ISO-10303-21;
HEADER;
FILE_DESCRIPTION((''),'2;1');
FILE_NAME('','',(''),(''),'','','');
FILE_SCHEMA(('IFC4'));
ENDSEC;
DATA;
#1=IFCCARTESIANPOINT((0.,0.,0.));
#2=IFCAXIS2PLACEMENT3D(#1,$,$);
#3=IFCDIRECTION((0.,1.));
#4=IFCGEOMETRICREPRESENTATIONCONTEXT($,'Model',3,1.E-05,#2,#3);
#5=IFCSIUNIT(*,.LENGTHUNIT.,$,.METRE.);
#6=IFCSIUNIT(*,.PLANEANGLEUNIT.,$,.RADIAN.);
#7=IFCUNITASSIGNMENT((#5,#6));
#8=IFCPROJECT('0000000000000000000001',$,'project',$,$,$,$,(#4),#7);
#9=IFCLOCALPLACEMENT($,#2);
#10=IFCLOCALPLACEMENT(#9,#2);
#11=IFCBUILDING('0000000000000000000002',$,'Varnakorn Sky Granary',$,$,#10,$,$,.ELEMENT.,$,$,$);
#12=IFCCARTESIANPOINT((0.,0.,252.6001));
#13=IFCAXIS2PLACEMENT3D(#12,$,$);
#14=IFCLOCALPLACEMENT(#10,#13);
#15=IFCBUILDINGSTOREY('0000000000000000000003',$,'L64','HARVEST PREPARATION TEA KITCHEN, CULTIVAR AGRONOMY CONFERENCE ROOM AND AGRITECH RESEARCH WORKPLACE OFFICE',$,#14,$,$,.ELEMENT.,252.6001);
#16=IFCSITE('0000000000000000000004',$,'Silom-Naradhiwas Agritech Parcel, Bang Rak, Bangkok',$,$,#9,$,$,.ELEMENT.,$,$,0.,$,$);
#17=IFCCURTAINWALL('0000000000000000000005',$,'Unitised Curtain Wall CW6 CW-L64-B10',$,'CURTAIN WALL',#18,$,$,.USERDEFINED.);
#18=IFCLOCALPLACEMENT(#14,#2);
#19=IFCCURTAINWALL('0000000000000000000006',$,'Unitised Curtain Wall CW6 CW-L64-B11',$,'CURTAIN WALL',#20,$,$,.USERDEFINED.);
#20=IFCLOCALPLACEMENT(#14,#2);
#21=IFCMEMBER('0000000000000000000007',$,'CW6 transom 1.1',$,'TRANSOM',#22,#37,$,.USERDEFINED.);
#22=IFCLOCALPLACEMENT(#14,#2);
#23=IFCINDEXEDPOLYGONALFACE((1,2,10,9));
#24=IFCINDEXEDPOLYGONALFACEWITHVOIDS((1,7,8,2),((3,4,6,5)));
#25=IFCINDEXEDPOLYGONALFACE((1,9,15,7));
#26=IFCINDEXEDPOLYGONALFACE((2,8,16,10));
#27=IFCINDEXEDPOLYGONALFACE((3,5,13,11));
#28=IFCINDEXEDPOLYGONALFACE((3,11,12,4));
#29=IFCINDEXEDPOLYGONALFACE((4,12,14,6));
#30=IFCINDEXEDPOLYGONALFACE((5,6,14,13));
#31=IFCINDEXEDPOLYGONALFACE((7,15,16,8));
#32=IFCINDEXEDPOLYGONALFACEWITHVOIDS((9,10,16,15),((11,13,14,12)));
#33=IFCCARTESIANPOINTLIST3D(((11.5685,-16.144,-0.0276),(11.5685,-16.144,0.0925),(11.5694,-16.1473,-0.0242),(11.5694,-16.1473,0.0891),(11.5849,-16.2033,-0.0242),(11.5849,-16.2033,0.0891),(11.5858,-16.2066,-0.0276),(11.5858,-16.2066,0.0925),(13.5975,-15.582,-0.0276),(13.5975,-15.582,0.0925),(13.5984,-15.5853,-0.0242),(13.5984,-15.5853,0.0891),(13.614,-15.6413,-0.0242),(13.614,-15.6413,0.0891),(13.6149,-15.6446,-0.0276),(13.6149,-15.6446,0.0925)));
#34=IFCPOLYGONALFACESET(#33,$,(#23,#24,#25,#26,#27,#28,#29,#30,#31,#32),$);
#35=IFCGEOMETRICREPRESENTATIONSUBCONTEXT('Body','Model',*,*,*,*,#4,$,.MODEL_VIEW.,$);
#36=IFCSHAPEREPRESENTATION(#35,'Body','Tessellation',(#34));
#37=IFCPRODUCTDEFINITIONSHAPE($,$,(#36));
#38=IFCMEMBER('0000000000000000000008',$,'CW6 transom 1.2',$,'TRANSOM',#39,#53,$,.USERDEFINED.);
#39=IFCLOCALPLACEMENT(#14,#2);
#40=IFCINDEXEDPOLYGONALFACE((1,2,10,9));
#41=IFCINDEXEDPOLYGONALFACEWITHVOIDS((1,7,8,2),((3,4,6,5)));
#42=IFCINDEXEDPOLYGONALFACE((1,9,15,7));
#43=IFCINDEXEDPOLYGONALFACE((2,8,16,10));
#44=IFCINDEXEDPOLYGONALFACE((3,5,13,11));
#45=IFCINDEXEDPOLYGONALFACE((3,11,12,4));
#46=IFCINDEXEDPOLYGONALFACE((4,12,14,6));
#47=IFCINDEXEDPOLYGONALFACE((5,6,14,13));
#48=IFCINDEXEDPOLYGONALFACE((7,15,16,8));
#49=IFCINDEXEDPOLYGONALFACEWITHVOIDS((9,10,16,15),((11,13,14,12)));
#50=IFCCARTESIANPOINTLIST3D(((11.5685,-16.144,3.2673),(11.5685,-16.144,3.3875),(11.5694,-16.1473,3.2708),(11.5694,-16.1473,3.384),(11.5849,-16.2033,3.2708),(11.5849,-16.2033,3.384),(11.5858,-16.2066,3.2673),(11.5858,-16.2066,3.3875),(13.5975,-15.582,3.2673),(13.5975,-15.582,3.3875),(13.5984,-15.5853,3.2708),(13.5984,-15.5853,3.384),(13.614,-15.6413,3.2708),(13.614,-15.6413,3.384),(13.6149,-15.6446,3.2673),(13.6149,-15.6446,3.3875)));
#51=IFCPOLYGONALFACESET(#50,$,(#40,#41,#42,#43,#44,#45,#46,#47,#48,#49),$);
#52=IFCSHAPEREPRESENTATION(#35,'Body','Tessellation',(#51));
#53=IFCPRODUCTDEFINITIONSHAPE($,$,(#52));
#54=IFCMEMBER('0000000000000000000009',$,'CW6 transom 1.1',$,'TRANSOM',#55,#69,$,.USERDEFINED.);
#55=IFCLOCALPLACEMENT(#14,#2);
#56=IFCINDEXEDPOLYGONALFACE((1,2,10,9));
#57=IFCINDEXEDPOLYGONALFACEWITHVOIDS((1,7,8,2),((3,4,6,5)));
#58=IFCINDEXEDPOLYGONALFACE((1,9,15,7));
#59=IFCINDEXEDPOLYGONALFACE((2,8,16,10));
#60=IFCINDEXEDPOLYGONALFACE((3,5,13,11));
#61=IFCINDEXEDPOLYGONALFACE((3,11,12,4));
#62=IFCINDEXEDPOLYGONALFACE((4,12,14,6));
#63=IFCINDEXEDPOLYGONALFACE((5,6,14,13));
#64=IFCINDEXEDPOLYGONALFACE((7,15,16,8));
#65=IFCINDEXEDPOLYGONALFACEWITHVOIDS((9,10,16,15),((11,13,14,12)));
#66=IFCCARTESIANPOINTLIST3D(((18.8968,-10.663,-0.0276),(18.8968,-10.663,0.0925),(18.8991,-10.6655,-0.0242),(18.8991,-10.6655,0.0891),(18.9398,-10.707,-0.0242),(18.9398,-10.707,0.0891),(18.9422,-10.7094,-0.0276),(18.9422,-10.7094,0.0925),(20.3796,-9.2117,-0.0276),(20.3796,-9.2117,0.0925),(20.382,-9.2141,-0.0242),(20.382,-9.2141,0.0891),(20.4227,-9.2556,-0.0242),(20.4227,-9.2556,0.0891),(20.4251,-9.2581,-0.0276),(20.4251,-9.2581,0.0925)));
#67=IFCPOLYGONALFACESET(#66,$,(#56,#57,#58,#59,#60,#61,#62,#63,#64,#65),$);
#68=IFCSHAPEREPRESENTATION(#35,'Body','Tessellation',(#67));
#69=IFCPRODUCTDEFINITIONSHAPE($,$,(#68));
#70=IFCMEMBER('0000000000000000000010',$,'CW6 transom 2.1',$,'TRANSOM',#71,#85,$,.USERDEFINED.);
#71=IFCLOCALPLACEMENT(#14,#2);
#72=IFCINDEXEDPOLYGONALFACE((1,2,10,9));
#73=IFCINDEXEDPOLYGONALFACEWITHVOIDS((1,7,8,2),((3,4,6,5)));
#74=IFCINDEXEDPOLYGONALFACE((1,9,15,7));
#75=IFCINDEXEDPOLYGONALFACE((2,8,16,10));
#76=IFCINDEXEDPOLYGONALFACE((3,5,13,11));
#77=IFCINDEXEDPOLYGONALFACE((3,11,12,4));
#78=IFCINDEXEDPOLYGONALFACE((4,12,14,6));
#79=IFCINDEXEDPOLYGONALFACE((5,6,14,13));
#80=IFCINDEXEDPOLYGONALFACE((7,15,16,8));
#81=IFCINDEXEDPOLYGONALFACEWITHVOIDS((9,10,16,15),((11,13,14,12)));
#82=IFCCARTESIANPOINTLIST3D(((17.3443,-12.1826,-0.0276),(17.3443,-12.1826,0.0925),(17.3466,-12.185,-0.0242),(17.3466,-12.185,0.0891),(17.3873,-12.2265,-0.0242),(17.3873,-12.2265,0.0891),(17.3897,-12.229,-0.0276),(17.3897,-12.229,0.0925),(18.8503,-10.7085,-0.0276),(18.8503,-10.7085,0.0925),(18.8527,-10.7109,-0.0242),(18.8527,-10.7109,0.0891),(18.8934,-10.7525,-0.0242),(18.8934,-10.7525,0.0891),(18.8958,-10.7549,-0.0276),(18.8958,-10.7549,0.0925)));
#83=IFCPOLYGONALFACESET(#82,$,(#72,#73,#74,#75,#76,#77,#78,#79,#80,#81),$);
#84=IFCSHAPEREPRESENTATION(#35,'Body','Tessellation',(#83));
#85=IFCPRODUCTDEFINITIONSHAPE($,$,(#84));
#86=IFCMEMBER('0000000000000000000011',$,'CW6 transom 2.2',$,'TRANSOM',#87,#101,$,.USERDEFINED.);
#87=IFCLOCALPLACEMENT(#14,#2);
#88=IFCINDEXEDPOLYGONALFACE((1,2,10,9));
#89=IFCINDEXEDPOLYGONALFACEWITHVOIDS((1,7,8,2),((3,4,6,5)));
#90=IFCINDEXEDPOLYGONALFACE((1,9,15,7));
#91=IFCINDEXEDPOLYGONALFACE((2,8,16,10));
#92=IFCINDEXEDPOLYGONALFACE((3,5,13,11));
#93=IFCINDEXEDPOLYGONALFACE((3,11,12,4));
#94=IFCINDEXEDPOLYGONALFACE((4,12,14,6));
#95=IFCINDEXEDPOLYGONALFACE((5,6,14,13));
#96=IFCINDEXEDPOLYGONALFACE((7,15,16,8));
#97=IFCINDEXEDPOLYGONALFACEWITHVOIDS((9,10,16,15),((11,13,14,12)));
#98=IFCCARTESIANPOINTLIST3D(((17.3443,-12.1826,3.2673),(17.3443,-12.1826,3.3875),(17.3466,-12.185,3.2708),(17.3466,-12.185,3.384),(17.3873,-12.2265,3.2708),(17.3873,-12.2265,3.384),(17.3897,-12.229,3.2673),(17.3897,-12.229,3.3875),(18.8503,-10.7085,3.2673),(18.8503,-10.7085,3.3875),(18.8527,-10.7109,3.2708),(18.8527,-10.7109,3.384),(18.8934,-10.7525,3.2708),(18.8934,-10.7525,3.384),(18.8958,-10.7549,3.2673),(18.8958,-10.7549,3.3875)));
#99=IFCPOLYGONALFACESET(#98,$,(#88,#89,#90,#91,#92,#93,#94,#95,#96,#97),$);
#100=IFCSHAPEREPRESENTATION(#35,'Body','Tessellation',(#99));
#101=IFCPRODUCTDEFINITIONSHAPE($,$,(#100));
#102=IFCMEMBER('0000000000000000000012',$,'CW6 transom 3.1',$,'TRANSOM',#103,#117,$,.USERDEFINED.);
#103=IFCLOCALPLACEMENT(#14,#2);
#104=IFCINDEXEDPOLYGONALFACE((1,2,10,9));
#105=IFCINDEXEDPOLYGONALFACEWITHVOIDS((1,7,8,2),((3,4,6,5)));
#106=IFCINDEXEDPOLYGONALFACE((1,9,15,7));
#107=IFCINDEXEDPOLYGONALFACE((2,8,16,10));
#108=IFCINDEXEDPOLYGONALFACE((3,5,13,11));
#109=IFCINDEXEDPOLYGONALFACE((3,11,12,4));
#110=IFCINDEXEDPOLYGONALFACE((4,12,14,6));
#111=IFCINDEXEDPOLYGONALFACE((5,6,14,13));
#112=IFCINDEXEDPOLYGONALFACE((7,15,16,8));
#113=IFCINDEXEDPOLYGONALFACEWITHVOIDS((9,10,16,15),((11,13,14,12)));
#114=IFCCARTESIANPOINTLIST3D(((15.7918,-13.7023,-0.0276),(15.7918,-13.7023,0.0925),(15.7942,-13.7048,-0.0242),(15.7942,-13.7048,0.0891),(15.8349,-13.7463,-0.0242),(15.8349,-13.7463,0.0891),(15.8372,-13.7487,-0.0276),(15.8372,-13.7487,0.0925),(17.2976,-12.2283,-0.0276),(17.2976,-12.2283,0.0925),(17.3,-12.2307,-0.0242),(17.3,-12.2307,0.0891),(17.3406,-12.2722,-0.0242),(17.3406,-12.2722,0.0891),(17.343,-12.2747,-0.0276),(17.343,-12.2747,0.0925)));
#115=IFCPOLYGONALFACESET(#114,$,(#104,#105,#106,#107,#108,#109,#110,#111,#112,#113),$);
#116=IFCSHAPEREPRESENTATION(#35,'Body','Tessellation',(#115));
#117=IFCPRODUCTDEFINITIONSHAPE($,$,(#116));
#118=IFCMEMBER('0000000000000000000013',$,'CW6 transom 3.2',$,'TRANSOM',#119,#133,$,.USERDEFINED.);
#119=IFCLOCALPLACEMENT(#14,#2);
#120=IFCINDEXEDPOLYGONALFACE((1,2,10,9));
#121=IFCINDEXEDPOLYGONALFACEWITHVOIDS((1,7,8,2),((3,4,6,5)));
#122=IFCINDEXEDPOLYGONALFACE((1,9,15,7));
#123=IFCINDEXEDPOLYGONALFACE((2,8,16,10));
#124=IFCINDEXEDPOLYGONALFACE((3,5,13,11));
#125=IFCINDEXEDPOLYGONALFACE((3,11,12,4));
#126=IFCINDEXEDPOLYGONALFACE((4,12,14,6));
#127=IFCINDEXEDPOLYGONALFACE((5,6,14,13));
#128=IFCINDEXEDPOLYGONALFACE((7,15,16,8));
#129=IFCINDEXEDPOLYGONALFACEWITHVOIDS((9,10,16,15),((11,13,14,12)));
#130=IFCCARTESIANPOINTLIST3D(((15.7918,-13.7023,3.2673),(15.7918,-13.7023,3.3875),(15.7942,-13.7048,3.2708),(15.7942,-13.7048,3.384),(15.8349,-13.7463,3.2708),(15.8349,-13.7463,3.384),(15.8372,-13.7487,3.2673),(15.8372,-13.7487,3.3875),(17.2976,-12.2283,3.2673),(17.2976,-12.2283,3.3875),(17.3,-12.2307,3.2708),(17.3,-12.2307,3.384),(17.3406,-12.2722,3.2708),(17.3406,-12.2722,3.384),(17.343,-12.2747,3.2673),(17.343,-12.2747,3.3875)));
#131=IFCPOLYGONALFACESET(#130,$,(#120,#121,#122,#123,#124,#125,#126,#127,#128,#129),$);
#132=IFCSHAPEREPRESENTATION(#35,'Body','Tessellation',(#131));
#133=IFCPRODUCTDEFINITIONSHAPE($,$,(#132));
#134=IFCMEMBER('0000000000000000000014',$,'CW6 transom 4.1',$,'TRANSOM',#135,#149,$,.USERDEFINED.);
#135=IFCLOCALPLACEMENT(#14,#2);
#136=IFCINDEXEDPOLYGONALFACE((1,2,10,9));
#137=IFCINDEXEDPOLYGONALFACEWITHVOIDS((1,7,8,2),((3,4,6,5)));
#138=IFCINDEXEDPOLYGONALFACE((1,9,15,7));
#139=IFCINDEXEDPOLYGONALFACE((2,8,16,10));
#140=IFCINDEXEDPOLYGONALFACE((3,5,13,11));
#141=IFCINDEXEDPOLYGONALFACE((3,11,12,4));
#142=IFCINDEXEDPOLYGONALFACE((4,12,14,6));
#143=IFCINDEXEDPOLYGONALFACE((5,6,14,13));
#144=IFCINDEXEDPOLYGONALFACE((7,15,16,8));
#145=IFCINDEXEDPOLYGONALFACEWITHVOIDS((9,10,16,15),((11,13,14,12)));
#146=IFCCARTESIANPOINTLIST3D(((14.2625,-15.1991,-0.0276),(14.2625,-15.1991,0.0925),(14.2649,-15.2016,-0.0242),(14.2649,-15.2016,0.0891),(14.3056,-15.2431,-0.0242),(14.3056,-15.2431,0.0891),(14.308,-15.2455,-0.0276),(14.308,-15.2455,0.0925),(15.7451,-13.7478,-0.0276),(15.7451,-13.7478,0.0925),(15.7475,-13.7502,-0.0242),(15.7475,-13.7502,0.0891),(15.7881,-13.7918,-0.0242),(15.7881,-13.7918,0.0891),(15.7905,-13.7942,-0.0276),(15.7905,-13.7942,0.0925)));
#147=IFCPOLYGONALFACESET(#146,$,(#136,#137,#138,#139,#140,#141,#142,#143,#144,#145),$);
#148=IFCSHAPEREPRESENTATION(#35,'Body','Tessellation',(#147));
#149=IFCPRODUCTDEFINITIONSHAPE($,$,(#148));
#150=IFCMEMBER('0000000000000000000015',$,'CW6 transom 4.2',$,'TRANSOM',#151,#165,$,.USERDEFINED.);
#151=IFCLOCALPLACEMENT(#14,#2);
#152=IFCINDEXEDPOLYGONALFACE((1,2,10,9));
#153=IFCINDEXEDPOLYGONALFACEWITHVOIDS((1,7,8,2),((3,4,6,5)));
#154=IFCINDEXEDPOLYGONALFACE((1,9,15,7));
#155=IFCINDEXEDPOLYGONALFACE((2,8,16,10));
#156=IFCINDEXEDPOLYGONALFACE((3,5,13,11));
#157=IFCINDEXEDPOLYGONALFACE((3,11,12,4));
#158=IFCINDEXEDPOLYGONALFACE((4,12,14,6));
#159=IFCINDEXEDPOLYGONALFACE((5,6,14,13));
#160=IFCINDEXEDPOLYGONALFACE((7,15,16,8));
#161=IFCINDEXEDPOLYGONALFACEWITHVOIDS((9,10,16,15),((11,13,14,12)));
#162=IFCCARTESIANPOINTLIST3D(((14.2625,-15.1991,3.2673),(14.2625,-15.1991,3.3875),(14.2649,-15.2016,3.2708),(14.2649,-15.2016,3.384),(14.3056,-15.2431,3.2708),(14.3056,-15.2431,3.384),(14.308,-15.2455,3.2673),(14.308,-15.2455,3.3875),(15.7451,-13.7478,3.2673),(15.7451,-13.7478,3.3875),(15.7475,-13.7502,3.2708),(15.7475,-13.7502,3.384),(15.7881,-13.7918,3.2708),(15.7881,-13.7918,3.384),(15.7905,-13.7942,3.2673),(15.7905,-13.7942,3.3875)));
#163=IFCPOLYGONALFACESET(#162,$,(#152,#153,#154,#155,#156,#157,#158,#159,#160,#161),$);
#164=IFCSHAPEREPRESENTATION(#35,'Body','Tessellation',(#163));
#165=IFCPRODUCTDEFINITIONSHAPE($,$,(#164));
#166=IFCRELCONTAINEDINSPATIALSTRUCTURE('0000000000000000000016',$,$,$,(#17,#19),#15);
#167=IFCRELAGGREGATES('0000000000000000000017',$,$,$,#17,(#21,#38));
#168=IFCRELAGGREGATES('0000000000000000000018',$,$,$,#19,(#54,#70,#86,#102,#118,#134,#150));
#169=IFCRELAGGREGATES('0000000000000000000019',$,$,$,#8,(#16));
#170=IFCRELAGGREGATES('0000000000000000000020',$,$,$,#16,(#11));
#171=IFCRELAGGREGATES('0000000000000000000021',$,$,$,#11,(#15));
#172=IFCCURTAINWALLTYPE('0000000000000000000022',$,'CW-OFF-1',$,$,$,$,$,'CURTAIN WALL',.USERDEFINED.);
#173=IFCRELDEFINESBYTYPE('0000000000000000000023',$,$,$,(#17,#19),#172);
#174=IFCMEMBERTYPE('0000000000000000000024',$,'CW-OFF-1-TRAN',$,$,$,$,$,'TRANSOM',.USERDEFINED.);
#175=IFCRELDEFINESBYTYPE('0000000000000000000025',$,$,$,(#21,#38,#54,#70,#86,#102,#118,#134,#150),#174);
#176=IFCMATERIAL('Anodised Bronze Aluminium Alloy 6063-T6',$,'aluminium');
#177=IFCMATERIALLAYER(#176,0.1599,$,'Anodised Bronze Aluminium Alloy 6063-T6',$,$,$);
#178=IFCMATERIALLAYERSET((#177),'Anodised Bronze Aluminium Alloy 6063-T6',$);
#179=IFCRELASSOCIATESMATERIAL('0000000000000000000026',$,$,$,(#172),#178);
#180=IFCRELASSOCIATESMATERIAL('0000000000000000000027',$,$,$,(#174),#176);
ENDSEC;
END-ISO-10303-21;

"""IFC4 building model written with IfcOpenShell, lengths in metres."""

from ifc_helpers import new_model, si_unit, direction, frame, origin, origin_2d, place, context, subcontext, project, spatial, hollow_rectangle, extrude, material, layer, layer_set, material_profile, profile_set, type_object, element, aggregate, save


model = new_model("IFC4")

# Units and contexts
model_context = context("Model", 3, precision=1e-05, world=origin(), true_north=direction((0.0, 1.0)))
body_context = subcontext(model_context, "Body", "Model", "MODEL_VIEW")
ifc_project = project(units=[si_unit("LENGTHUNIT", "METRE"), si_unit("PLANEANGLEUNIT", "RADIAN")], contexts=[model_context])

# Site, building, storey
site_placement = place(None, origin())
site = spatial("IfcSite", under=ifc_project, at=site_placement, Name="Silom-Naradhiwas Agritech Parcel, Bang Rak, Bangkok", CompositionType="ELEMENT", RefElevation=0.0)
building_placement = place(site_placement, origin())
building = spatial("IfcBuilding", under=site, at=building_placement, Name="Varnakorn Sky Granary", CompositionType="ELEMENT")
storey_placement = place(building_placement, frame((0.0, 0.0, 252.6001)))
storey = spatial("IfcBuildingStorey", under=building, at=storey_placement, Name="L64", Description="HARVEST PREPARATION TEA KITCHEN, CULTIVAR AGRONOMY CONFERENCE ROOM AND AGRITECH RESEARCH WORKPLACE OFFICE", CompositionType="ELEMENT", Elevation=252.6001)

# Curtain wall
ifc_material_1 = material(Name="Anodised Bronze Aluminium Alloy 6063-T6", Category="aluminium")
ifc_layer_1 = layer(ifc_material_1, 0.1599, Name="Anodised Bronze Aluminium Alloy 6063-T6")
ifc_layer_set_1 = layer_set([ifc_layer_1], Name="Anodised Bronze Aluminium Alloy 6063-T6")
curtain_wall_type = type_object("IfcCurtainWallType", Name="CW-OFF-1", ElementType="CURTAIN WALL", PredefinedType="USERDEFINED", material=ifc_layer_set_1)
curtain_wall_1_placement = place(storey_placement, origin())
curtain_wall_1 = element("IfcCurtainWall", 1, at=curtain_wall_1_placement, inside=storey, type_object=curtain_wall_type, Name="Unitised Curtain Wall CW6 CW-L64-B10", ObjectType="CURTAIN WALL", PredefinedType="USERDEFINED")

# Curtain wall
curtain_wall_2_placement = place(storey_placement, origin())
curtain_wall_2 = element("IfcCurtainWall", 2, at=curtain_wall_2_placement, inside=storey, type_object=curtain_wall_type, Name="Unitised Curtain Wall CW6 CW-L64-B11", ObjectType="CURTAIN WALL", PredefinedType="USERDEFINED")

# Members
ifc_material_profile_1 = material_profile(ifc_material_1, hollow_rectangle(XDim=0.0649, YDim=0.1201, WallThickness=0.0034, at=origin_2d()), Name="ALU TRAN 65x120")
ifc_profile_set_1 = profile_set([ifc_material_profile_1], Name="Anodised Bronze Aluminium Alloy 6063-T6")
member_type_1 = type_object("IfcMemberType", Name="CW-OFF-1-TRAN", ElementType="TRANSOM", PredefinedType="USERDEFINED", material=ifc_profile_set_1)
member_1_placement = place(storey_placement, frame((13.6062, -15.6133, 0.0325), z_axis=(-0.963715, -0.266932, 0.0), x_axis=(0.266932, -0.963715, 0.0)))
member_1 = element("IfcMember", 3, at=member_1_placement, type_object=member_type_1, Name="CW6 transom 1.1", ObjectType="TRANSOM", PredefinedType="USERDEFINED", context=body_context, shape_type="SweptSolid", body=[
    extrude(hollow_rectangle(XDim=0.0649, YDim=0.1201, WallThickness=0.0034, at=origin_2d()), origin(), (0.0, 0.0, 1.0), 2.1055),
])
member_2_placement = place(storey_placement, frame((13.6062, -15.6133, 3.3274), z_axis=(-0.963715, -0.266932, 0.0), x_axis=(0.266932, -0.963715, 0.0)))
member_2 = element("IfcMember", 4, at=member_2_placement, type_object=member_type_1, Name="CW6 transom 1.2", ObjectType="TRANSOM", PredefinedType="USERDEFINED", context=body_context, shape_type="SweptSolid", body=[
    extrude(hollow_rectangle(XDim=0.0649, YDim=0.1201, WallThickness=0.0034, at=origin_2d()), origin(), (0.0, 0.0, 1.0), 2.1055),
])
aggregate(curtain_wall_1, [member_1, member_2])
member_3_placement = place(storey_placement, frame((20.4023, -9.2349, 0.0325), z_axis=(-0.714655, -0.699477, 0.0), x_axis=(0.699477, -0.714655, 0.0)))
member_3 = element("IfcMember", 5, at=member_3_placement, type_object=member_type_1, Name="CW6 transom 1.1", ObjectType="TRANSOM", PredefinedType="USERDEFINED", context=body_context, shape_type="SweptSolid", body=[
    extrude(hollow_rectangle(XDim=0.0649, YDim=0.1201, WallThickness=0.0034, at=origin_2d()), origin(), (0.0, 0.0, 1.0), 2.075),
])
member_4_placement = place(storey_placement, frame((18.873, -10.7317, 0.0325), z_axis=(-0.714654, -0.699478, 0.0), x_axis=(0.699478, -0.714654, 0.0)))
member_4 = element("IfcMember", 6, at=member_4_placement, type_object=member_type_1, Name="CW6 transom 2.1", ObjectType="TRANSOM", PredefinedType="USERDEFINED", context=body_context, shape_type="SweptSolid", body=[
    extrude(hollow_rectangle(XDim=0.0649, YDim=0.1201, WallThickness=0.0034, at=origin_2d()), origin(), (0.0, 0.0, 1.0), 2.1074),
])
member_5_placement = place(storey_placement, frame((18.873, -10.7317, 3.3274), z_axis=(-0.714654, -0.699478, 0.0), x_axis=(0.699478, -0.714654, 0.0)))
member_5 = element("IfcMember", 7, at=member_5_placement, type_object=member_type_1, Name="CW6 transom 2.2", ObjectType="TRANSOM", PredefinedType="USERDEFINED", context=body_context, shape_type="SweptSolid", body=[
    extrude(hollow_rectangle(XDim=0.0649, YDim=0.1201, WallThickness=0.0034, at=origin_2d()), origin(), (0.0, 0.0, 1.0), 2.1074),
])
member_6_placement = place(storey_placement, frame((17.3203, -12.2515, 0.0325), z_axis=(-0.714597, -0.699536, 0.0), x_axis=(0.699536, -0.714597, 0.0)))
member_6 = element("IfcMember", 8, at=member_6_placement, type_object=member_type_1, Name="CW6 transom 3.1", ObjectType="TRANSOM", PredefinedType="USERDEFINED", context=body_context, shape_type="SweptSolid", body=[
    extrude(hollow_rectangle(XDim=0.0649, YDim=0.1201, WallThickness=0.0034, at=origin_2d()), origin(), (0.0, 0.0, 1.0), 2.1072),
])
member_7_placement = place(storey_placement, frame((17.3203, -12.2515, 3.3274), z_axis=(-0.714597, -0.699536, 0.0), x_axis=(0.699536, -0.714597, 0.0)))
member_7 = element("IfcMember", 9, at=member_7_placement, type_object=member_type_1, Name="CW6 transom 3.2", ObjectType="TRANSOM", PredefinedType="USERDEFINED", context=body_context, shape_type="SweptSolid", body=[
    extrude(hollow_rectangle(XDim=0.0649, YDim=0.1201, WallThickness=0.0034, at=origin_2d()), origin(), (0.0, 0.0, 1.0), 2.1072),
])
member_8_placement = place(storey_placement, frame((15.7678, -13.771, 0.0325), z_axis=(-0.714597, -0.699536, 0.0), x_axis=(0.699536, -0.714597, 0.0)))
member_8 = element("IfcMember", 10, at=member_8_placement, type_object=member_type_1, Name="CW6 transom 4.1", ObjectType="TRANSOM", PredefinedType="USERDEFINED", context=body_context, shape_type="SweptSolid", body=[
    extrude(hollow_rectangle(XDim=0.0649, YDim=0.1201, WallThickness=0.0034, at=origin_2d()), origin(), (0.0, 0.0, 1.0), 2.0747),
])
member_9_placement = place(storey_placement, frame((15.7678, -13.771, 3.3274), z_axis=(-0.714597, -0.699536, 0.0), x_axis=(0.699536, -0.714597, 0.0)))
member_9 = element("IfcMember", 11, at=member_9_placement, type_object=member_type_1, Name="CW6 transom 4.2", ObjectType="TRANSOM", PredefinedType="USERDEFINED", context=body_context, shape_type="SweptSolid", body=[
    extrude(hollow_rectangle(XDim=0.0649, YDim=0.1201, WallThickness=0.0034, at=origin_2d()), origin(), (0.0, 0.0, 1.0), 2.0747),
])

aggregate(curtain_wall_2, [member_3, member_4, member_5, member_6, member_7, member_8, member_9])

save(model, "model.ifc")
